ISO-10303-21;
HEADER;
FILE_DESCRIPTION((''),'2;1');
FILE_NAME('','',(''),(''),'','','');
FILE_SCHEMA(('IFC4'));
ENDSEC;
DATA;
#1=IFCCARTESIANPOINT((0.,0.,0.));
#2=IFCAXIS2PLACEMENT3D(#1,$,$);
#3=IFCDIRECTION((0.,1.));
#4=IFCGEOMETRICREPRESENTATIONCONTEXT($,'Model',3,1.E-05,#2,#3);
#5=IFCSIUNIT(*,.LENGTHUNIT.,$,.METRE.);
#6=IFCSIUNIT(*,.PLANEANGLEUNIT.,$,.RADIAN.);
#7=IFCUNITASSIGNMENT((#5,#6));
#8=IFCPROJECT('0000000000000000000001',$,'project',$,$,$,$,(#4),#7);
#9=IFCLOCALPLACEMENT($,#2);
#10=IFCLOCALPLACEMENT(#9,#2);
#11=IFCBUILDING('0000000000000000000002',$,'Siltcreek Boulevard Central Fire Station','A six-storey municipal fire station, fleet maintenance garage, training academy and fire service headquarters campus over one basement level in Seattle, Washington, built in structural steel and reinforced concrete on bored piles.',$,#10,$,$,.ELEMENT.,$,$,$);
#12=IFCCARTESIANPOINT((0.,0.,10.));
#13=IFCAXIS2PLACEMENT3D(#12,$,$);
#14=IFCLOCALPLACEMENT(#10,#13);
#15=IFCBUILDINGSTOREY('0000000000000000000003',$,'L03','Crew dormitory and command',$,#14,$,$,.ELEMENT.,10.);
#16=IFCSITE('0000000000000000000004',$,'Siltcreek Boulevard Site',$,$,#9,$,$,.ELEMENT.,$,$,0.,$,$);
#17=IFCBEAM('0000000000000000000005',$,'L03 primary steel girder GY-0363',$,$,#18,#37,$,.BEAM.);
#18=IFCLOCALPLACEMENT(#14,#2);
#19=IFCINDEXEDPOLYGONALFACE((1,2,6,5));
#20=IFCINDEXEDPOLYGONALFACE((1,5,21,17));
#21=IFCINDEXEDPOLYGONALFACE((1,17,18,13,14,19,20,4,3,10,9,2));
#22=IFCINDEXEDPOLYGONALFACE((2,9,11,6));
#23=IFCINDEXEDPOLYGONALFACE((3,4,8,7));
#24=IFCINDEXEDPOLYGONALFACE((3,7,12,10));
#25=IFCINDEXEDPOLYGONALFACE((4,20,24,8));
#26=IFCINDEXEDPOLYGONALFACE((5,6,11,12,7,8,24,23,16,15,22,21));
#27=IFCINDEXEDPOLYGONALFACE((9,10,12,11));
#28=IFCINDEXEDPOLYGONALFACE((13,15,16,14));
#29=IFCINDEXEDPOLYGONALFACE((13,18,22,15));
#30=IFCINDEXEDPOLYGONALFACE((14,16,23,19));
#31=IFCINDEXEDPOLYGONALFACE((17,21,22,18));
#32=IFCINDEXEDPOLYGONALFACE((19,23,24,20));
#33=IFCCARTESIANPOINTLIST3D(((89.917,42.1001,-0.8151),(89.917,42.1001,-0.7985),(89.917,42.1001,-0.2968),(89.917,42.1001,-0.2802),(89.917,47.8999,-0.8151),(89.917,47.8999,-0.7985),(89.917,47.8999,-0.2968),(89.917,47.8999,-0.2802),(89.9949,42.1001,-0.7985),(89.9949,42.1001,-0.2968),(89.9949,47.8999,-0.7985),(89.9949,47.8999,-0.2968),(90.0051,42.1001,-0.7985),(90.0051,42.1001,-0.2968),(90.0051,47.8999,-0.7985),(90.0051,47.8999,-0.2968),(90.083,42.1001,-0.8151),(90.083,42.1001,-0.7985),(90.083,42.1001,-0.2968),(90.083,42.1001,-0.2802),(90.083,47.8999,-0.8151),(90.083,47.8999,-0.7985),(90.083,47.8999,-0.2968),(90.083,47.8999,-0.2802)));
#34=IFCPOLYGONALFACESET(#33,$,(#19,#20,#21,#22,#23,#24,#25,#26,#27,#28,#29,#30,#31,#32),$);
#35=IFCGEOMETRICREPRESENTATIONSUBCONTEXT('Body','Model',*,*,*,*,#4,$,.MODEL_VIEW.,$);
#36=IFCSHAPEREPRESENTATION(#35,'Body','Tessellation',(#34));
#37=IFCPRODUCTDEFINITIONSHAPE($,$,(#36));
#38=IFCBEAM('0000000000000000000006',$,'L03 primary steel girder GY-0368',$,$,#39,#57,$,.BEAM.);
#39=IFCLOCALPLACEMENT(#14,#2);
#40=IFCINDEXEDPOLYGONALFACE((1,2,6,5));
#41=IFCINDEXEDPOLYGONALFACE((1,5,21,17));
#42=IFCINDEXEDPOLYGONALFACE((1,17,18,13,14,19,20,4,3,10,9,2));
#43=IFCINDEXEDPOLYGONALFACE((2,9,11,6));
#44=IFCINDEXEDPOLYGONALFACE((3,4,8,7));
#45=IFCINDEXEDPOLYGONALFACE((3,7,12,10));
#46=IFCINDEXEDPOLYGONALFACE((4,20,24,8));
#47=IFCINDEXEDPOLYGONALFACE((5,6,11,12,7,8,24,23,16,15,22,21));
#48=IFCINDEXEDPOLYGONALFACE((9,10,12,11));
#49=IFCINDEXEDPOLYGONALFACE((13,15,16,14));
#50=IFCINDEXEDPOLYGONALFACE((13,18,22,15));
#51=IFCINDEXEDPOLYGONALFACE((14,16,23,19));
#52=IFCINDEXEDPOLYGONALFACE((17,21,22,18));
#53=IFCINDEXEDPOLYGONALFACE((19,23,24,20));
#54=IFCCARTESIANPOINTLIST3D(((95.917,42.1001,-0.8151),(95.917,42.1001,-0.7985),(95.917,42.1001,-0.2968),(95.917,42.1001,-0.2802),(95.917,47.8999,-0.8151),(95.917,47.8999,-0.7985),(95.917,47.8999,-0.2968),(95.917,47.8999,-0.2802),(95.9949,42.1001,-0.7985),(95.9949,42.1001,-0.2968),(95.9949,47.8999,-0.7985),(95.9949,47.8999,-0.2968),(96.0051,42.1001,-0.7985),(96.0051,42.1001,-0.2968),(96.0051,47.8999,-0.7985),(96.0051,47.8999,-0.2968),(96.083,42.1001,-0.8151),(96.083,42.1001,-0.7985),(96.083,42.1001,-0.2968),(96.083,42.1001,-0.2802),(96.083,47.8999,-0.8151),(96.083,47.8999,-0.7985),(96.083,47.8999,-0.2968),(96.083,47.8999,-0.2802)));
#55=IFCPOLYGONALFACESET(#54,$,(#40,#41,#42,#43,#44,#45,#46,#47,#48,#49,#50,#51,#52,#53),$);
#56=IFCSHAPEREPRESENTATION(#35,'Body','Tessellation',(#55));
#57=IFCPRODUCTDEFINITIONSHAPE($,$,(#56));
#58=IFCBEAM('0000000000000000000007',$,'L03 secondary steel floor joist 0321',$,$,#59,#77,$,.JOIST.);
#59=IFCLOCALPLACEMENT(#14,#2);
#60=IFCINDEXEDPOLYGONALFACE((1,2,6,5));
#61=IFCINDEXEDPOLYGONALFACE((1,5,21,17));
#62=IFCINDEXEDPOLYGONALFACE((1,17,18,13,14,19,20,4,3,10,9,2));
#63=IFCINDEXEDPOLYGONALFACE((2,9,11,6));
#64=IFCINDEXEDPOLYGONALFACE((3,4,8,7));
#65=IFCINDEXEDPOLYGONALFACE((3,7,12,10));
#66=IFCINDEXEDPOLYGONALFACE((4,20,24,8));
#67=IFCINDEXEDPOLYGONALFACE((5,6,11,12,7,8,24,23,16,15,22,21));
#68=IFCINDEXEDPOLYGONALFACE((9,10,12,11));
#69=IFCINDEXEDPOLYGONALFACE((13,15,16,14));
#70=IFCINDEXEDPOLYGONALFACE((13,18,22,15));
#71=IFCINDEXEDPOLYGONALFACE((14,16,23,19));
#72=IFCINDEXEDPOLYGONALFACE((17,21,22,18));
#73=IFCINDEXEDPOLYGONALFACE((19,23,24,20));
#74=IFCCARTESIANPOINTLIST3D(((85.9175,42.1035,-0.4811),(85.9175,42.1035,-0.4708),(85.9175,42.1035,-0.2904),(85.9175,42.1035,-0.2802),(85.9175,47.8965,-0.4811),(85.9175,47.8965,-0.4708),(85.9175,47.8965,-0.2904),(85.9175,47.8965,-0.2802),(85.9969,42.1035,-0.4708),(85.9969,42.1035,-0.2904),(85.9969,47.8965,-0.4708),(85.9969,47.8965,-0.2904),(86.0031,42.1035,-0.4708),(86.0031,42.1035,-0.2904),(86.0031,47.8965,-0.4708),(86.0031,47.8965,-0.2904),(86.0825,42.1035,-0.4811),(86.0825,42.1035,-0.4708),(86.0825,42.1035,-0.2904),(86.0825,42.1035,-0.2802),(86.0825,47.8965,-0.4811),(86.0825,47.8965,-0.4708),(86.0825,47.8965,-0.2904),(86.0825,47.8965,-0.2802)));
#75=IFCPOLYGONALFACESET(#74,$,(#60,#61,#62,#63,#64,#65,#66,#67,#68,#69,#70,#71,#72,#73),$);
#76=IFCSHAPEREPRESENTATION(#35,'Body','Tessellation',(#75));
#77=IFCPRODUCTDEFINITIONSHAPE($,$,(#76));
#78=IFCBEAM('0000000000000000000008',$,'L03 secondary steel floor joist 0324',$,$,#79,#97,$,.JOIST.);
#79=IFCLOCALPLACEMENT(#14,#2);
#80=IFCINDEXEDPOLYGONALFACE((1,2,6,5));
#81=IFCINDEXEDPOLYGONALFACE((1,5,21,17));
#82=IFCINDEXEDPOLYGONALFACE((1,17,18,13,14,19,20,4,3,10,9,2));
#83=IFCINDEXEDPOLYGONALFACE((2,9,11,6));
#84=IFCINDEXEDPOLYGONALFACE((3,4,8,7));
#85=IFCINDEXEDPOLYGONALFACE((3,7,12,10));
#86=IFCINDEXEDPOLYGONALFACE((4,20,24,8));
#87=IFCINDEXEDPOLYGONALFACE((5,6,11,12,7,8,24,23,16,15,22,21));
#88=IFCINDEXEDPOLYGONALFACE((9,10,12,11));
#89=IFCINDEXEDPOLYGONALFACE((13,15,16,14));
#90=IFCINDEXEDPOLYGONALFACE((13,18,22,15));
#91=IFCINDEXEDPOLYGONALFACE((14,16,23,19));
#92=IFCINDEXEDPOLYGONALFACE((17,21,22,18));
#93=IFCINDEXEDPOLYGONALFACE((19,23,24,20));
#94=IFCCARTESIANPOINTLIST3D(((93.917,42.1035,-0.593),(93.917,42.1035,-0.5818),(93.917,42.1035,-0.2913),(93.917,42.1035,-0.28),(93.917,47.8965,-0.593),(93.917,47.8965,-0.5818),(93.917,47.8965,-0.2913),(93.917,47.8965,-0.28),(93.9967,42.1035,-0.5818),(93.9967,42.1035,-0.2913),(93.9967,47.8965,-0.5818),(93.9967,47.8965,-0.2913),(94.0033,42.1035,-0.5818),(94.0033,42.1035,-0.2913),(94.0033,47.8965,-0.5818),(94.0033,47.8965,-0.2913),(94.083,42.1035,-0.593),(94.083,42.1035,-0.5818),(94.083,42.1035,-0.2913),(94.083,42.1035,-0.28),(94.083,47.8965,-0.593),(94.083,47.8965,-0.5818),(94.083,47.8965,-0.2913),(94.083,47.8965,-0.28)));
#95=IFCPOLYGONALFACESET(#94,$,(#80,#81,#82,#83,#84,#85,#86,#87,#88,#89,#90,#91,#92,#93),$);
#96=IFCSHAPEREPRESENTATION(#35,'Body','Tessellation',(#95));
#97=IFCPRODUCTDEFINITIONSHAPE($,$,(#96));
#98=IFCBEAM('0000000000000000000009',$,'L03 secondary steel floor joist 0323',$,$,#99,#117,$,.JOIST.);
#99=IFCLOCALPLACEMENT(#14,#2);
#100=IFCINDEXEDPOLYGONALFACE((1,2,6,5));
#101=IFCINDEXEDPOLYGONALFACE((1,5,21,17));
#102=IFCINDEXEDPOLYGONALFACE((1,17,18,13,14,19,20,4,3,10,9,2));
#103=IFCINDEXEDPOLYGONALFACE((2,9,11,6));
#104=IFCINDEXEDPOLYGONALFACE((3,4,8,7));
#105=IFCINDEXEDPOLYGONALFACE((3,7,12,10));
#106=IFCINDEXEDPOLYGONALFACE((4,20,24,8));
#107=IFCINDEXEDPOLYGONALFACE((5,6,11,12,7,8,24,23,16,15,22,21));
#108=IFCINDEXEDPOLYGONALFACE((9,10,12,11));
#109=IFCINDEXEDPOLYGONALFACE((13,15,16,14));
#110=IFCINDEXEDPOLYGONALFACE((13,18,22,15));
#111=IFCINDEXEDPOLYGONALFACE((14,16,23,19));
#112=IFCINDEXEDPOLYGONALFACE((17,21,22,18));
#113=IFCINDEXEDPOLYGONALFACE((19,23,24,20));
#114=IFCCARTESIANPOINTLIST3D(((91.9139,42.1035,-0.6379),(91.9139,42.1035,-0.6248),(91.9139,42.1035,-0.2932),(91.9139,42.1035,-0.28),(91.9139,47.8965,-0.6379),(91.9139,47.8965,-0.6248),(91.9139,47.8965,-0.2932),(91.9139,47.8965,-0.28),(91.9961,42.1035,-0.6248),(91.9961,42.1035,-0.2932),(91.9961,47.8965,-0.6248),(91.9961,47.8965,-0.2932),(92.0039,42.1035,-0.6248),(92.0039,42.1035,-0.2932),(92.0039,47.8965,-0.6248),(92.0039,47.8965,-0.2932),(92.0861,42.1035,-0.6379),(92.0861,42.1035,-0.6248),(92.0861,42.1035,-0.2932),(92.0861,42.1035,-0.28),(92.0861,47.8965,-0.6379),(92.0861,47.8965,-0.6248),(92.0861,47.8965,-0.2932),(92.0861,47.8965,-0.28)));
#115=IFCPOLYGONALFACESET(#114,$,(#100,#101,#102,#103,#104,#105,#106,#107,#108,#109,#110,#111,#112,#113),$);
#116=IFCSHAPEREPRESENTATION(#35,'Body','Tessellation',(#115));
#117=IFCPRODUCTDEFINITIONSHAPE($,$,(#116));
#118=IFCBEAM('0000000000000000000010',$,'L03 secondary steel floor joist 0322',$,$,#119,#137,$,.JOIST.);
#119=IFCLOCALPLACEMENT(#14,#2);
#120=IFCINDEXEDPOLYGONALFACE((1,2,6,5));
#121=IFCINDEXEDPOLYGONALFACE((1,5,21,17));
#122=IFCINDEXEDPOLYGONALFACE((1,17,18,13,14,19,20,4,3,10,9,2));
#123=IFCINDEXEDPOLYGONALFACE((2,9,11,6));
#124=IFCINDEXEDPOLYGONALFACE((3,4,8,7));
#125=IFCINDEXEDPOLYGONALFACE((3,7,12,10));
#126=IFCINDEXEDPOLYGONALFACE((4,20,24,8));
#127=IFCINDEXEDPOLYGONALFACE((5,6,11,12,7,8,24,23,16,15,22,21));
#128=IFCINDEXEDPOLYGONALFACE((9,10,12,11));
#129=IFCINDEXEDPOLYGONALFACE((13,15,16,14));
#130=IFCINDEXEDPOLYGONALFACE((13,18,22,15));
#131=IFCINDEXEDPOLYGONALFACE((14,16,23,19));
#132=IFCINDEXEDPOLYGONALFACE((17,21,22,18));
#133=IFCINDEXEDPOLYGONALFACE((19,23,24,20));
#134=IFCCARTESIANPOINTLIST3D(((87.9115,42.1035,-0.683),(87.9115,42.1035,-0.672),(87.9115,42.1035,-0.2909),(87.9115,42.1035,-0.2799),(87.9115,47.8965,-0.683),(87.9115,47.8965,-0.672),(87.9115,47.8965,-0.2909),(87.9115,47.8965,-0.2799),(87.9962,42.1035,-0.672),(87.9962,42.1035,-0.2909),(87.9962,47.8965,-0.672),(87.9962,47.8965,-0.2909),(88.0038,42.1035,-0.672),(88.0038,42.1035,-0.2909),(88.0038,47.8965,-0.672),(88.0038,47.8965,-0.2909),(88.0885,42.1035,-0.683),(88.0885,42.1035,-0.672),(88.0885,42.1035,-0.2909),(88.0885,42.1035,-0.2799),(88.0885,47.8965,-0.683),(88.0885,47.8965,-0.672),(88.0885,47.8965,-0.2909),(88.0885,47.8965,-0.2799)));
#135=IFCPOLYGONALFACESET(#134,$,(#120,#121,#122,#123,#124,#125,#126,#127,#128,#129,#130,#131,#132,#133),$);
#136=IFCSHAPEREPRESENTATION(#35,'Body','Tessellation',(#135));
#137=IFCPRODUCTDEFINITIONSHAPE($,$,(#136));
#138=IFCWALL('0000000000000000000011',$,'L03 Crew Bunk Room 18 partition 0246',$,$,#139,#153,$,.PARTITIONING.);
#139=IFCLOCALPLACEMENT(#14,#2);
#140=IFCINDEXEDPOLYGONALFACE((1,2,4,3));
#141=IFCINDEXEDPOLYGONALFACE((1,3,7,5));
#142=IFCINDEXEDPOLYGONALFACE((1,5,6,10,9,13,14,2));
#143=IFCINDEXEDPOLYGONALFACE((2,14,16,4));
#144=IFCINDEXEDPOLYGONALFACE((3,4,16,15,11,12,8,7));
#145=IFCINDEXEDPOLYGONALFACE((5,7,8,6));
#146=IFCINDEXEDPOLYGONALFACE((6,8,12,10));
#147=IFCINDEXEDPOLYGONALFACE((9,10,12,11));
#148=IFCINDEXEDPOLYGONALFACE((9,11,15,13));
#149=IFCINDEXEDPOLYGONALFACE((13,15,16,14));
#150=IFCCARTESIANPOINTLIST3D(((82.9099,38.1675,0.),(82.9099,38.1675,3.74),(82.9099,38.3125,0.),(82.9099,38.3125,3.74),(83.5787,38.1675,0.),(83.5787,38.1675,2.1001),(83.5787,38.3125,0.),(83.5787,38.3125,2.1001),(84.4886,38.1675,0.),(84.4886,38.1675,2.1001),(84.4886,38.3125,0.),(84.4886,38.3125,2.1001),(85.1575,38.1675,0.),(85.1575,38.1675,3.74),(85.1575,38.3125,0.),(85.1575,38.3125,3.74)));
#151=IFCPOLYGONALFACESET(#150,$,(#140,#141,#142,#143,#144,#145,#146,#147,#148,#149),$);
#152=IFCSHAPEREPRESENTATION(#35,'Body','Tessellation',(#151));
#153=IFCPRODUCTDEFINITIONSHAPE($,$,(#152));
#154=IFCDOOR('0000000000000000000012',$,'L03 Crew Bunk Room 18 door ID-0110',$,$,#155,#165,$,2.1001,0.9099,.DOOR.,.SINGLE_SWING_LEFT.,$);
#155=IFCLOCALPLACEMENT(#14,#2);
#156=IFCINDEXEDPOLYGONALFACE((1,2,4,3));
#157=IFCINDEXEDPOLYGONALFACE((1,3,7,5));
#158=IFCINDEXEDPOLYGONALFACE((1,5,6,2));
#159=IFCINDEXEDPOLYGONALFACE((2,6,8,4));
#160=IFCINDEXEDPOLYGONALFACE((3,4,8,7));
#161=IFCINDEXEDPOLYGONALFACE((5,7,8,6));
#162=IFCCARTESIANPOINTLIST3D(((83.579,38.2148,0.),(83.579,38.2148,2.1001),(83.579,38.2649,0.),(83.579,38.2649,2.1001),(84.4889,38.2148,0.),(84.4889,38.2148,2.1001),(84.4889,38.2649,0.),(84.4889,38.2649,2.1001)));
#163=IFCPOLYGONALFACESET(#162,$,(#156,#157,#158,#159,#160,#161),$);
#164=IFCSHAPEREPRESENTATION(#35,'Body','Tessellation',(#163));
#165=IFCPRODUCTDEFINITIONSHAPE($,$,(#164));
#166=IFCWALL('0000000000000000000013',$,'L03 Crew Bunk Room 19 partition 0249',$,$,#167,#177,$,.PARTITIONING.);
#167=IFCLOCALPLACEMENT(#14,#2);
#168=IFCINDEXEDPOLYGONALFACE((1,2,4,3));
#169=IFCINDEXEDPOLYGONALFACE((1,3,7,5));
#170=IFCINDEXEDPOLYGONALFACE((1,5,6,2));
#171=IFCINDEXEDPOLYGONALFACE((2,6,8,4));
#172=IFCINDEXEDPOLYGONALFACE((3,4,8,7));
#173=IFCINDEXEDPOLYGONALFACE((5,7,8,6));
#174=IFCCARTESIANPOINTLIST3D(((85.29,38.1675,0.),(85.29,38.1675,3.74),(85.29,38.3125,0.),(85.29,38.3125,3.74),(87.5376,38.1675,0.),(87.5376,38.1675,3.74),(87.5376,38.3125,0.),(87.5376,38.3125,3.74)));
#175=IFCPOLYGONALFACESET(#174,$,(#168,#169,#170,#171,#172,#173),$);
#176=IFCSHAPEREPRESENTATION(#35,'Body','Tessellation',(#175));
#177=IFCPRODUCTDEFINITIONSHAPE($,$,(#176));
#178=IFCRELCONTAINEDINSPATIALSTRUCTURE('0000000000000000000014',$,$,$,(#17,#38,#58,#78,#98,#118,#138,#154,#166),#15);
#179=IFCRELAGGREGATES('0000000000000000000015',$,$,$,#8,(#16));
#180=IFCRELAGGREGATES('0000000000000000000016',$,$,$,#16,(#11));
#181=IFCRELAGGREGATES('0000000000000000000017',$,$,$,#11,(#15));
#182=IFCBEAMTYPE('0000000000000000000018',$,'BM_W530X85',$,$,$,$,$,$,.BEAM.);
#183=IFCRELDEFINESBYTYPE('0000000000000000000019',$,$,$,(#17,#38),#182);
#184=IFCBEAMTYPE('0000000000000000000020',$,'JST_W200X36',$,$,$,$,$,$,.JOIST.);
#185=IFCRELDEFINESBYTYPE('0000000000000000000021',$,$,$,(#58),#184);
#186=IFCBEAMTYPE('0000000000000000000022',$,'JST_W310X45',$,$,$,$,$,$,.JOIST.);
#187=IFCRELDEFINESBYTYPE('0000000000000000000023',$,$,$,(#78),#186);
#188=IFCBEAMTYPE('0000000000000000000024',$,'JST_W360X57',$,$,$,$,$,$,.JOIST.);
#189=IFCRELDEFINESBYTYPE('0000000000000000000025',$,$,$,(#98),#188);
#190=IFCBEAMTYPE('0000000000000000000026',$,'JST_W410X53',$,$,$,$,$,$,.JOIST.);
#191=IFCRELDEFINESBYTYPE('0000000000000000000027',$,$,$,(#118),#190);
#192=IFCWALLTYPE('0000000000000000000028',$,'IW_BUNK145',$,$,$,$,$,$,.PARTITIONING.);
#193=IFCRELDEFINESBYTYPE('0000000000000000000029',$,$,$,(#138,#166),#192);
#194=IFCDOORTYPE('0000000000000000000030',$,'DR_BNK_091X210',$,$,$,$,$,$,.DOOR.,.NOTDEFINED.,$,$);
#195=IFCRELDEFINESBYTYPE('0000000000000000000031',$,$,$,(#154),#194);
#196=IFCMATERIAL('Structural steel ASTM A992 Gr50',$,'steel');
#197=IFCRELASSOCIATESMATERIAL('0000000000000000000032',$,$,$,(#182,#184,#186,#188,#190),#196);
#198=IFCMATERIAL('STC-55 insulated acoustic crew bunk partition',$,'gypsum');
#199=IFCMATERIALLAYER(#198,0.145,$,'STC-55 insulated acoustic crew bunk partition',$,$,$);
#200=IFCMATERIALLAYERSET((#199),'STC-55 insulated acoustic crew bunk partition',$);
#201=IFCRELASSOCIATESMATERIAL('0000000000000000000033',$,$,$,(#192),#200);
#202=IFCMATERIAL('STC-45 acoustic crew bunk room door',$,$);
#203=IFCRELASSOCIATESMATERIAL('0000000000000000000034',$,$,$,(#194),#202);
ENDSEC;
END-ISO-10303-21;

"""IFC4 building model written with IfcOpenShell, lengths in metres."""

from ifc_helpers import new_model, si_unit, direction, frame, frame_2d, origin, origin_2d, place, context, subcontext, project, spatial, rectangle, i_section, extrude, material, layer, layer_set, material_profile, profile_set, type_object, element, fill, save


model = new_model("IFC4")

# Units and contexts
model_context = context("Model", 3, precision=1e-05, world=origin(), true_north=direction((0.0, 1.0)))
body_context = subcontext(model_context, "Body", "Model", "MODEL_VIEW")
ifc_project = project(units=[si_unit("LENGTHUNIT", "METRE"), si_unit("PLANEANGLEUNIT", "RADIAN")], contexts=[model_context])

# Site, building, storey
site_placement = place(None, origin())
site = spatial("IfcSite", under=ifc_project, at=site_placement, Name="Siltcreek Boulevard Site", CompositionType="ELEMENT", RefElevation=0.0)
building_placement = place(site_placement, origin())
building = spatial("IfcBuilding", under=site, at=building_placement, Name="Siltcreek Boulevard Central Fire Station", Description="A six-storey municipal fire station, fleet maintenance garage, training academy and fire service headquarters campus over one basement level in Seattle, Washington, built in structural steel and reinforced concrete on bored piles.", CompositionType="ELEMENT")
storey_placement = place(building_placement, frame((0.0, 0.0, 10.0)))
storey = spatial("IfcBuildingStorey", under=building, at=storey_placement, Name="L03", Description="Crew dormitory and command", CompositionType="ELEMENT", Elevation=10.0)

# Shared definitions
ifc_material_1 = material(Name="Structural steel ASTM A992 Gr50", Category="steel")

# Beams
ifc_material_profile_1 = material_profile(ifc_material_1, i_section(OverallWidth=0.166, OverallDepth=0.5349, WebThickness=0.0103, FlangeThickness=0.0166, at=origin_2d()), Name="W530X85")
ifc_profile_set_1 = profile_set([ifc_material_profile_1], Name="Structural steel ASTM A992 Gr50")
beam_type_1 = type_object("IfcBeamType", Name="BM_W530X85", PredefinedType="BEAM", material=ifc_profile_set_1)
for number, where, z_axis, x_axis, name in (
    (1, (90.0, 42.1001, -0.5476), (0.0, 1.0, 0.0), (-1.0, 0.0, 0.0), "L03 primary steel girder GY-0363"),
    (2, (96.0, 42.1001, -0.5476), (0.0, 1.0, 0.0), (-1.0, 0.0, 0.0), "L03 primary steel girder GY-0368"),
):
    element("IfcBeam", number, at=place(storey_placement, frame(where, z_axis=z_axis, x_axis=x_axis)), inside=storey, type_object=beam_type_1, Name=name, PredefinedType="BEAM", context=body_context, shape_type="SweptSolid", body=[
        extrude(i_section(OverallWidth=0.166, OverallDepth=0.5349, WebThickness=0.0103, FlangeThickness=0.0166, at=origin_2d()), origin(), (0.0, 0.0, 1.0), 5.7998),
    ])
ifc_material_profile_2 = material_profile(ifc_material_1, i_section(OverallWidth=0.165, OverallDepth=0.2009, WebThickness=0.0061, FlangeThickness=0.0103, at=origin_2d()), Name="W200X36")
ifc_profile_set_2 = profile_set([ifc_material_profile_2], Name="Structural steel ASTM A992 Gr50")
beam_type_2 = type_object("IfcBeamType", Name="JST_W200X36", PredefinedType="JOIST", material=ifc_profile_set_2)
beam_1_placement = place(storey_placement, frame((86.0, 42.1035, -0.3806), z_axis=(0.0, 1.0, 0.0), x_axis=(-1.0, 0.0, 0.0)))
element("IfcBeam", 3, at=beam_1_placement, inside=storey, type_object=beam_type_2, Name="L03 secondary steel floor joist 0321", PredefinedType="JOIST", context=body_context, shape_type="SweptSolid", body=[
    extrude(i_section(OverallWidth=0.165, OverallDepth=0.2009, WebThickness=0.0061, FlangeThickness=0.0103, at=origin_2d()), origin(), (0.0, 0.0, 1.0), 5.793),
])
ifc_material_profile_3 = material_profile(ifc_material_1, i_section(OverallWidth=0.166, OverallDepth=0.313, WebThickness=0.0066, FlangeThickness=0.0112, at=origin_2d()), Name="W310X45")
ifc_profile_set_3 = profile_set([ifc_material_profile_3], Name="Structural steel ASTM A992 Gr50")
beam_type_3 = type_object("IfcBeamType", Name="JST_W310X45", PredefinedType="JOIST", material=ifc_profile_set_3)
beam_2_placement = place(storey_placement, frame((94.0, 42.1035, -0.4365), z_axis=(0.0, 1.0, 0.0), x_axis=(-1.0, 0.0, 0.0)))
element("IfcBeam", 4, at=beam_2_placement, inside=storey, type_object=beam_type_3, Name="L03 secondary steel floor joist 0324", PredefinedType="JOIST", context=body_context, shape_type="SweptSolid", body=[
    extrude(i_section(OverallWidth=0.166, OverallDepth=0.313, WebThickness=0.0066, FlangeThickness=0.0112, at=origin_2d()), origin(), (0.0, 0.0, 1.0), 5.793),
])
ifc_material_profile_4 = material_profile(ifc_material_1, i_section(OverallWidth=0.1721, OverallDepth=0.3579, WebThickness=0.0078, FlangeThickness=0.0132, at=origin_2d()), Name="W360X57")
ifc_profile_set_4 = profile_set([ifc_material_profile_4], Name="Structural steel ASTM A992 Gr50")
beam_type_4 = type_object("IfcBeamType", Name="JST_W360X57", PredefinedType="JOIST", material=ifc_profile_set_4)
beam_3_placement = place(storey_placement, frame((92.0, 42.1035, -0.459), z_axis=(0.0, 1.0, 0.0), x_axis=(-1.0, 0.0, 0.0)))
element("IfcBeam", 5, at=beam_3_placement, inside=storey, type_object=beam_type_4, Name="L03 secondary steel floor joist 0323", PredefinedType="JOIST", context=body_context, shape_type="SweptSolid", body=[
    extrude(i_section(OverallWidth=0.1721, OverallDepth=0.3579, WebThickness=0.0078, FlangeThickness=0.0132, at=origin_2d()), origin(), (0.0, 0.0, 1.0), 5.793),
])
ifc_material_profile_5 = material_profile(ifc_material_1, i_section(OverallWidth=0.177, OverallDepth=0.4031, WebThickness=0.0076, FlangeThickness=0.011, at=origin_2d()), Name="W410X53")
ifc_profile_set_5 = profile_set([ifc_material_profile_5], Name="Structural steel ASTM A992 Gr50")
beam_type_5 = type_object("IfcBeamType", Name="JST_W410X53", PredefinedType="JOIST", material=ifc_profile_set_5)
beam_4_placement = place(storey_placement, frame((88.0, 42.1035, -0.4814), z_axis=(0.0, 1.0, 0.0), x_axis=(-1.0, 0.0, 0.0)))
element("IfcBeam", 6, at=beam_4_placement, inside=storey, type_object=beam_type_5, Name="L03 secondary steel floor joist 0322", PredefinedType="JOIST", context=body_context, shape_type="SweptSolid", body=[
    extrude(i_section(OverallWidth=0.177, OverallDepth=0.4031, WebThickness=0.0076, FlangeThickness=0.011, at=origin_2d()), origin(), (0.0, 0.0, 1.0), 5.793),
])

# Wall, opening, door
ifc_material_2 = material(Name="STC-55 insulated acoustic crew bunk partition", Category="gypsum")
ifc_layer_1 = layer(ifc_material_2, 0.145, Name="STC-55 insulated acoustic crew bunk partition")
ifc_layer_set_1 = layer_set([ifc_layer_1], Name="STC-55 insulated acoustic crew bunk partition")
wall_type_1 = type_object("IfcWallType", Name="IW_BUNK145", PredefinedType="PARTITIONING", material=ifc_layer_set_1)
wall_1_placement = place(storey_placement, frame((85.1575, 38.24, 0.0), z_axis=(0.0, 0.0, 1.0), x_axis=(-1.0, 0.0, 0.0)))
wall_1 = element("IfcWall", 7, at=wall_1_placement, inside=storey, type_object=wall_type_1, Name="L03 Crew Bunk Room 18 partition 0246", PredefinedType="PARTITIONING", context=body_context, shape_type="SweptSolid", body=[
    extrude(rectangle(XDim=2.2476, YDim=0.145, at=frame_2d((1.1238, 0.0))), origin(), (0.0, 0.0, 1.0), 3.74),
])
opening_1_placement = place(wall_1_placement, frame((0.6687, 0.0, 0.0)))
opening_1 = element("IfcOpeningElement", 8, at=opening_1_placement, cuts=wall_1, PredefinedType="OPENING", context=body_context, shape_type="SweptSolid", body=[
    extrude(rectangle(XDim=0.9099, YDim=2.1001, at=frame_2d((0.4551, 1.05))), frame((0.0, 0.0825, 0.0), z_axis=(0.0, -1.0, 0.0), x_axis=(1.0, 0.0, 0.0)), (0.0, 0.0, 1.0), 0.165),
])
ifc_material_3 = material(Name="STC-45 acoustic crew bunk room door")
door_type_1 = type_object("IfcDoorType", Name="DR_BNK_091X210", OperationType="NOTDEFINED", PredefinedType="DOOR", material=ifc_material_3)
door_1_placement = place(opening_1_placement, frame((0.9099, 0.0, 0.0), z_axis=(0.0, 0.0, 1.0), x_axis=(-1.0, 0.0, 0.0)))
door_1 = element("IfcDoor", 9, at=door_1_placement, inside=storey, type_object=door_type_1, Name="L03 Crew Bunk Room 18 door ID-0110", OperationType="SINGLE_SWING_LEFT", OverallHeight=2.1001, OverallWidth=0.9099, PredefinedType="DOOR", context=body_context, shape_type="SweptSolid", body=[
    extrude(rectangle(XDim=0.9099, YDim=2.1001, at=frame_2d((0.4551, 1.05))), frame((0.0, 0.0249, 0.0), z_axis=(0.0, -1.0, 0.0), x_axis=(1.0, 0.0, 0.0)), (0.0, 0.0, 1.0), 0.05),
])
fill(opening_1, door_1)

# Wall
for number, where, z_axis, x_axis, name in (
    (10, (87.5376, 38.24, 0.0), (0.0, 0.0, 1.0), (-1.0, 0.0, 0.0), "L03 Crew Bunk Room 19 partition 0249"),
):
    element("IfcWall", number, at=place(storey_placement, frame(where, z_axis=z_axis, x_axis=x_axis)), inside=storey, type_object=wall_type_1, Name=name, PredefinedType="PARTITIONING", context=body_context, shape_type="SweptSolid", body=[
        extrude(rectangle(XDim=2.2476, YDim=0.145, at=frame_2d((1.1238, 0.0))), origin(), (0.0, 0.0, 1.0), 3.74),
    ])

save(model, "model.ifc")
